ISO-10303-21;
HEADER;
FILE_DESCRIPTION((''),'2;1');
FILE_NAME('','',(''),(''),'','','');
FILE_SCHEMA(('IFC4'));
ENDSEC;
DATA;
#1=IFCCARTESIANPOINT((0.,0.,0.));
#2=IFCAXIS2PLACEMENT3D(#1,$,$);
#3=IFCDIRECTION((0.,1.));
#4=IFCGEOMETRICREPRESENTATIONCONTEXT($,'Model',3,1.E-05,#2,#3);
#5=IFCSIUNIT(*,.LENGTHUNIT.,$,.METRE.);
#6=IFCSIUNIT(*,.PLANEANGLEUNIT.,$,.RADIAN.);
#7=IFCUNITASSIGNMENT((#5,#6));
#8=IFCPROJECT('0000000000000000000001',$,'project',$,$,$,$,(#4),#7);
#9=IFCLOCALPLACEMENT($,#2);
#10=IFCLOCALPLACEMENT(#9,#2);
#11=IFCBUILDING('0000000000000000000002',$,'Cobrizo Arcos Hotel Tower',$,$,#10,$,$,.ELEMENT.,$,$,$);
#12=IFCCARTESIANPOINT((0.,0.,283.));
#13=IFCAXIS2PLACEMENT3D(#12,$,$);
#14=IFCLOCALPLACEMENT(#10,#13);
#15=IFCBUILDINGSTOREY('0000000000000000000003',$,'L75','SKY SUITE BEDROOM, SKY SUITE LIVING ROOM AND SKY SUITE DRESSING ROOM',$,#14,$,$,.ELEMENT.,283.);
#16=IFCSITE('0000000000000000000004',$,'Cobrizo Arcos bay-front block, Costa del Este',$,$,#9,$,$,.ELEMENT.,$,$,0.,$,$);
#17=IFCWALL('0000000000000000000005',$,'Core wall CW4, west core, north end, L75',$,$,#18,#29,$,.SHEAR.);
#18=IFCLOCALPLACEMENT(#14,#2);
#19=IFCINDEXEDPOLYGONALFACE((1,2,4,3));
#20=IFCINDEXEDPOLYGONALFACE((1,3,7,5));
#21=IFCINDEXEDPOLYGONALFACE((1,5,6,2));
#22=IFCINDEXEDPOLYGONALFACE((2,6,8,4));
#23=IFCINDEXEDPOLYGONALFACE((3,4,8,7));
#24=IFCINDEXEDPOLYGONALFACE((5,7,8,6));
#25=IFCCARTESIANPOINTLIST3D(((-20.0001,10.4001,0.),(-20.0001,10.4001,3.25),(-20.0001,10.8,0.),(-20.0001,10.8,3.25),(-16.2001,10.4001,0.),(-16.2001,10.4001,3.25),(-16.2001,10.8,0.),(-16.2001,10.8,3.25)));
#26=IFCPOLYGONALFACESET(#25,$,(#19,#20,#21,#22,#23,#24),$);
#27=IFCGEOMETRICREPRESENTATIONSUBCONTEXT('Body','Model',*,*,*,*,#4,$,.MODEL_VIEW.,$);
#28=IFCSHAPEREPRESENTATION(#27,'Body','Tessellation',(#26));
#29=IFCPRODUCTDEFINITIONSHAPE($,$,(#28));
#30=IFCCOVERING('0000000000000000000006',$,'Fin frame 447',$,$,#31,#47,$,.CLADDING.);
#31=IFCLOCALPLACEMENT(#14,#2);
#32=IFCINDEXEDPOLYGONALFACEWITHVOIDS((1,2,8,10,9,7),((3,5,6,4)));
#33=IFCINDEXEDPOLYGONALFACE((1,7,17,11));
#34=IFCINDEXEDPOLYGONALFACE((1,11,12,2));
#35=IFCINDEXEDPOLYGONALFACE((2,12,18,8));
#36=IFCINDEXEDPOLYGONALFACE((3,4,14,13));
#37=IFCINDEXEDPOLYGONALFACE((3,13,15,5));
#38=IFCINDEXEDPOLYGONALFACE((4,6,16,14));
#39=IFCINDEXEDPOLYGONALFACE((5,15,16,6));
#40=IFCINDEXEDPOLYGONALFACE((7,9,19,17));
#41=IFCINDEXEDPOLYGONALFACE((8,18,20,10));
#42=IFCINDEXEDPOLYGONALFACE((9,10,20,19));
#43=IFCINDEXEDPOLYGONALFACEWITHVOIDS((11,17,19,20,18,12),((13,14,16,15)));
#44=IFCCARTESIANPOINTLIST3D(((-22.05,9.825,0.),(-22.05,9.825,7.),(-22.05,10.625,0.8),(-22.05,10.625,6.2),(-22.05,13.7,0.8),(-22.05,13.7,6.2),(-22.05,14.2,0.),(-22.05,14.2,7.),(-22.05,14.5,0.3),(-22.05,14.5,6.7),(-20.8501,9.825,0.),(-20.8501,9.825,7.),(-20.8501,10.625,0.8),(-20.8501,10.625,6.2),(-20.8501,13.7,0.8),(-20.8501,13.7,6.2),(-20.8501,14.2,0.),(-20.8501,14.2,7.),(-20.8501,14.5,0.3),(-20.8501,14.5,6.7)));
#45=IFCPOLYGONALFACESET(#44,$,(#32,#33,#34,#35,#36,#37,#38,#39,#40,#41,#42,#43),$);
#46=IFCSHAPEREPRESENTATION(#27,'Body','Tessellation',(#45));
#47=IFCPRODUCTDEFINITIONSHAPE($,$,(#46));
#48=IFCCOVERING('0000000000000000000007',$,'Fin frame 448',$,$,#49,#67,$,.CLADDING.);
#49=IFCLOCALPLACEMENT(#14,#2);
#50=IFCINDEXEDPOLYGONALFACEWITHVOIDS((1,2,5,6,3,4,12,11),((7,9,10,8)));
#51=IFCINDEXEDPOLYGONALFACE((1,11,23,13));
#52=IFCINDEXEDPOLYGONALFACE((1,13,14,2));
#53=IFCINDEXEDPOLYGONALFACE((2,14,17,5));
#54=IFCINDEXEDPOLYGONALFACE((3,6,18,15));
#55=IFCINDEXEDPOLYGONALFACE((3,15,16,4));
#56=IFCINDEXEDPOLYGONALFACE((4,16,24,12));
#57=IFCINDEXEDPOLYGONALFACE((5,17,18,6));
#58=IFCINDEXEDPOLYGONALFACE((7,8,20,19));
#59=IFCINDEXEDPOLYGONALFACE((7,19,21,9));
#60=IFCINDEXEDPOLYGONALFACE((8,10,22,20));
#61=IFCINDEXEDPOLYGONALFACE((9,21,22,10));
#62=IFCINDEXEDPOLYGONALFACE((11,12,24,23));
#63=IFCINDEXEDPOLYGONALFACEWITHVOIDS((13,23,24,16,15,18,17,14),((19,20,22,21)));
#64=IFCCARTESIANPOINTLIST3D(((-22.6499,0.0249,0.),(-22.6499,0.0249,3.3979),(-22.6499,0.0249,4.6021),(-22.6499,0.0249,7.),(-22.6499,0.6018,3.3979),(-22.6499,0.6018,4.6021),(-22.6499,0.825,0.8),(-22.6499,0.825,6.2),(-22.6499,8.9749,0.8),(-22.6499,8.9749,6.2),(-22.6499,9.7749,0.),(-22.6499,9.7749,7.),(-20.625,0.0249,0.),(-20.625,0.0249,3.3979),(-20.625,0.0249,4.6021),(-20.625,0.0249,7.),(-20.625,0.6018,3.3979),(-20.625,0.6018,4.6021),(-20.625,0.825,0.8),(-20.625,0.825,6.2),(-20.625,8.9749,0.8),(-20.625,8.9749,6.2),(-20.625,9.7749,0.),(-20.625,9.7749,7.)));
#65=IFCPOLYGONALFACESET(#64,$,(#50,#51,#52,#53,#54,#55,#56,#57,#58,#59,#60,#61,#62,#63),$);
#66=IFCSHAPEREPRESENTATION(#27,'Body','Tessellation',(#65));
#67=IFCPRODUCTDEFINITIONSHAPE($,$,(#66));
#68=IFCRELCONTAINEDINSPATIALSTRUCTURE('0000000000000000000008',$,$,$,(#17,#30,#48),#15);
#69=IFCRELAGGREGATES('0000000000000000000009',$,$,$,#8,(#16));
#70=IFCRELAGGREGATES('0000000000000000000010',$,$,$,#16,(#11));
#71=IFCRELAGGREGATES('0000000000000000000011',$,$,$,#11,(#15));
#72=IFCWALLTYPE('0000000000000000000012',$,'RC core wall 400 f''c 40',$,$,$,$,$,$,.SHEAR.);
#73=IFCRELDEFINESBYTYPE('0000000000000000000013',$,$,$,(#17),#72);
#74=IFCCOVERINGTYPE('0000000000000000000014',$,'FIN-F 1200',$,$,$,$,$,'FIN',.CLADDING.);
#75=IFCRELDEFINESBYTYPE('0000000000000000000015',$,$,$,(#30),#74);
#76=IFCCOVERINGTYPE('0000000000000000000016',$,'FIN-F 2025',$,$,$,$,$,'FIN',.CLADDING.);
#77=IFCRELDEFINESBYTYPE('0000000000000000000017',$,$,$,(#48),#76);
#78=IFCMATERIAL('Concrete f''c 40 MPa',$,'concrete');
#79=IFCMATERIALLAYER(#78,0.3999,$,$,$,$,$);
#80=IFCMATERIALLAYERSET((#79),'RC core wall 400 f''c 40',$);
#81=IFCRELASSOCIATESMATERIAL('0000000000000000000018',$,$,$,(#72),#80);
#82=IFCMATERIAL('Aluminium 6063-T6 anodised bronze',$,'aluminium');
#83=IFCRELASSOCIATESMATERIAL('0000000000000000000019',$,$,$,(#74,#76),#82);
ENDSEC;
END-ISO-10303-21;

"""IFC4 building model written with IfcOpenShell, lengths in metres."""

from ifc_helpers import new_model, si_unit, direction, frame, frame_2d, origin, place, context, subcontext, project, spatial, polyline, rectangle, outline, extrude, material, layer, layer_set, type_object, element, save


model = new_model("IFC4")

# Units and contexts
model_context = context("Model", 3, precision=1e-05, world=origin(), true_north=direction((0.0, 1.0)))
body_context = subcontext(model_context, "Body", "Model", "MODEL_VIEW")
ifc_project = project(units=[si_unit("LENGTHUNIT", "METRE"), si_unit("PLANEANGLEUNIT", "RADIAN")], contexts=[model_context])

# Site, building, storey
site_placement = place(None, origin())
site = spatial("IfcSite", under=ifc_project, at=site_placement, Name="Cobrizo Arcos bay-front block, Costa del Este", CompositionType="ELEMENT", RefElevation=0.0)
building_placement = place(site_placement, origin())
building = spatial("IfcBuilding", under=site, at=building_placement, Name="Cobrizo Arcos Hotel Tower", CompositionType="ELEMENT")
storey_placement = place(building_placement, frame((0.0, 0.0, 283.0)))
storey = spatial("IfcBuildingStorey", under=building, at=storey_placement, Name="L75", Description="SKY SUITE BEDROOM, SKY SUITE LIVING ROOM AND SKY SUITE DRESSING ROOM", CompositionType="ELEMENT", Elevation=283.0)

# Shared definitions
ifc_material_1 = material(Name="Aluminium 6063-T6 anodised bronze", Category="aluminium")

# Wall
ifc_material_2 = material(Name="Concrete f'c 40 MPa", Category="concrete")
ifc_layer_1 = layer(ifc_material_2, 0.3999)
ifc_layer_set_1 = layer_set([ifc_layer_1], Name="RC core wall 400 f'c 40")
wall_type_1 = type_object("IfcWallType", Name="RC core wall 400 f'c 40", PredefinedType="SHEAR", material=ifc_layer_set_1)
wall_1_placement = place(storey_placement, frame((-20.0, 10.6001, 0.0), z_axis=(0.0, 0.0, 1.0), x_axis=(1.0, 0.0, 0.0)))
element("IfcWall", 1, at=wall_1_placement, inside=storey, type_object=wall_type_1, Name="Core wall CW4, west core, north end, L75", PredefinedType="SHEAR", context=body_context, shape_type="SweptSolid", body=[
    extrude(rectangle(XDim=3.8, YDim=0.3999, at=frame_2d((1.8999, 0.0))), origin(), (0.0, 0.0, 1.0), 3.25),
])

# Coverings
covering_type_1 = type_object("IfcCoveringType", Name="FIN-F 1200", ElementType="FIN", PredefinedType="CLADDING", material=ifc_material_1)
covering_1_placement = place(storey_placement, frame((-20.8501, 14.5, 0.0), z_axis=(-1.0, 0.0, 0.0), x_axis=(0.0, -1.0, 0.0)))
element("IfcCovering", 2, at=covering_1_placement, inside=storey, type_object=covering_type_1, Name="Fin frame 447", PredefinedType="CLADDING", context=body_context, shape_type="SweptSolid", body=[
    extrude(outline(polyline([(0.0, 0.3), (0.3, 0.0), (4.675, 0.0), (4.675, 7.0), (0.3, 7.0), (0.0, 6.7), (0.0, 0.3)]), holes=[polyline([(3.875, 0.8), (0.8, 0.8), (0.8, 6.2), (3.875, 6.2), (3.875, 0.8)])]), origin(), (0.0, 0.0, 1.0), 1.2),
])
covering_type_2 = type_object("IfcCoveringType", Name="FIN-F 2025", ElementType="FIN", PredefinedType="CLADDING", material=ifc_material_1)
covering_2_placement = place(storey_placement, frame((-20.625, 9.7749, 0.0), z_axis=(-1.0, 0.0, 0.0), x_axis=(0.0, -1.0, 0.0)))
element("IfcCovering", 3, at=covering_2_placement, inside=storey, type_object=covering_type_2, Name="Fin frame 448", PredefinedType="CLADDING", context=body_context, shape_type="SweptSolid", body=[
    extrude(outline(polyline([(9.75, 0.0), (9.75, 3.3979), (9.1731, 3.3979), (9.1731, 4.6021), (9.75, 4.6021), (9.75, 7.0), (0.0, 7.0), (0.0, 0.0), (9.75, 0.0)]), holes=[polyline([(8.95, 0.8), (0.8, 0.8), (0.8, 6.2), (8.95, 6.2), (8.95, 0.8)])]), origin(), (0.0, 0.0, 1.0), 2.0249),
])

save(model, "model.ifc")
